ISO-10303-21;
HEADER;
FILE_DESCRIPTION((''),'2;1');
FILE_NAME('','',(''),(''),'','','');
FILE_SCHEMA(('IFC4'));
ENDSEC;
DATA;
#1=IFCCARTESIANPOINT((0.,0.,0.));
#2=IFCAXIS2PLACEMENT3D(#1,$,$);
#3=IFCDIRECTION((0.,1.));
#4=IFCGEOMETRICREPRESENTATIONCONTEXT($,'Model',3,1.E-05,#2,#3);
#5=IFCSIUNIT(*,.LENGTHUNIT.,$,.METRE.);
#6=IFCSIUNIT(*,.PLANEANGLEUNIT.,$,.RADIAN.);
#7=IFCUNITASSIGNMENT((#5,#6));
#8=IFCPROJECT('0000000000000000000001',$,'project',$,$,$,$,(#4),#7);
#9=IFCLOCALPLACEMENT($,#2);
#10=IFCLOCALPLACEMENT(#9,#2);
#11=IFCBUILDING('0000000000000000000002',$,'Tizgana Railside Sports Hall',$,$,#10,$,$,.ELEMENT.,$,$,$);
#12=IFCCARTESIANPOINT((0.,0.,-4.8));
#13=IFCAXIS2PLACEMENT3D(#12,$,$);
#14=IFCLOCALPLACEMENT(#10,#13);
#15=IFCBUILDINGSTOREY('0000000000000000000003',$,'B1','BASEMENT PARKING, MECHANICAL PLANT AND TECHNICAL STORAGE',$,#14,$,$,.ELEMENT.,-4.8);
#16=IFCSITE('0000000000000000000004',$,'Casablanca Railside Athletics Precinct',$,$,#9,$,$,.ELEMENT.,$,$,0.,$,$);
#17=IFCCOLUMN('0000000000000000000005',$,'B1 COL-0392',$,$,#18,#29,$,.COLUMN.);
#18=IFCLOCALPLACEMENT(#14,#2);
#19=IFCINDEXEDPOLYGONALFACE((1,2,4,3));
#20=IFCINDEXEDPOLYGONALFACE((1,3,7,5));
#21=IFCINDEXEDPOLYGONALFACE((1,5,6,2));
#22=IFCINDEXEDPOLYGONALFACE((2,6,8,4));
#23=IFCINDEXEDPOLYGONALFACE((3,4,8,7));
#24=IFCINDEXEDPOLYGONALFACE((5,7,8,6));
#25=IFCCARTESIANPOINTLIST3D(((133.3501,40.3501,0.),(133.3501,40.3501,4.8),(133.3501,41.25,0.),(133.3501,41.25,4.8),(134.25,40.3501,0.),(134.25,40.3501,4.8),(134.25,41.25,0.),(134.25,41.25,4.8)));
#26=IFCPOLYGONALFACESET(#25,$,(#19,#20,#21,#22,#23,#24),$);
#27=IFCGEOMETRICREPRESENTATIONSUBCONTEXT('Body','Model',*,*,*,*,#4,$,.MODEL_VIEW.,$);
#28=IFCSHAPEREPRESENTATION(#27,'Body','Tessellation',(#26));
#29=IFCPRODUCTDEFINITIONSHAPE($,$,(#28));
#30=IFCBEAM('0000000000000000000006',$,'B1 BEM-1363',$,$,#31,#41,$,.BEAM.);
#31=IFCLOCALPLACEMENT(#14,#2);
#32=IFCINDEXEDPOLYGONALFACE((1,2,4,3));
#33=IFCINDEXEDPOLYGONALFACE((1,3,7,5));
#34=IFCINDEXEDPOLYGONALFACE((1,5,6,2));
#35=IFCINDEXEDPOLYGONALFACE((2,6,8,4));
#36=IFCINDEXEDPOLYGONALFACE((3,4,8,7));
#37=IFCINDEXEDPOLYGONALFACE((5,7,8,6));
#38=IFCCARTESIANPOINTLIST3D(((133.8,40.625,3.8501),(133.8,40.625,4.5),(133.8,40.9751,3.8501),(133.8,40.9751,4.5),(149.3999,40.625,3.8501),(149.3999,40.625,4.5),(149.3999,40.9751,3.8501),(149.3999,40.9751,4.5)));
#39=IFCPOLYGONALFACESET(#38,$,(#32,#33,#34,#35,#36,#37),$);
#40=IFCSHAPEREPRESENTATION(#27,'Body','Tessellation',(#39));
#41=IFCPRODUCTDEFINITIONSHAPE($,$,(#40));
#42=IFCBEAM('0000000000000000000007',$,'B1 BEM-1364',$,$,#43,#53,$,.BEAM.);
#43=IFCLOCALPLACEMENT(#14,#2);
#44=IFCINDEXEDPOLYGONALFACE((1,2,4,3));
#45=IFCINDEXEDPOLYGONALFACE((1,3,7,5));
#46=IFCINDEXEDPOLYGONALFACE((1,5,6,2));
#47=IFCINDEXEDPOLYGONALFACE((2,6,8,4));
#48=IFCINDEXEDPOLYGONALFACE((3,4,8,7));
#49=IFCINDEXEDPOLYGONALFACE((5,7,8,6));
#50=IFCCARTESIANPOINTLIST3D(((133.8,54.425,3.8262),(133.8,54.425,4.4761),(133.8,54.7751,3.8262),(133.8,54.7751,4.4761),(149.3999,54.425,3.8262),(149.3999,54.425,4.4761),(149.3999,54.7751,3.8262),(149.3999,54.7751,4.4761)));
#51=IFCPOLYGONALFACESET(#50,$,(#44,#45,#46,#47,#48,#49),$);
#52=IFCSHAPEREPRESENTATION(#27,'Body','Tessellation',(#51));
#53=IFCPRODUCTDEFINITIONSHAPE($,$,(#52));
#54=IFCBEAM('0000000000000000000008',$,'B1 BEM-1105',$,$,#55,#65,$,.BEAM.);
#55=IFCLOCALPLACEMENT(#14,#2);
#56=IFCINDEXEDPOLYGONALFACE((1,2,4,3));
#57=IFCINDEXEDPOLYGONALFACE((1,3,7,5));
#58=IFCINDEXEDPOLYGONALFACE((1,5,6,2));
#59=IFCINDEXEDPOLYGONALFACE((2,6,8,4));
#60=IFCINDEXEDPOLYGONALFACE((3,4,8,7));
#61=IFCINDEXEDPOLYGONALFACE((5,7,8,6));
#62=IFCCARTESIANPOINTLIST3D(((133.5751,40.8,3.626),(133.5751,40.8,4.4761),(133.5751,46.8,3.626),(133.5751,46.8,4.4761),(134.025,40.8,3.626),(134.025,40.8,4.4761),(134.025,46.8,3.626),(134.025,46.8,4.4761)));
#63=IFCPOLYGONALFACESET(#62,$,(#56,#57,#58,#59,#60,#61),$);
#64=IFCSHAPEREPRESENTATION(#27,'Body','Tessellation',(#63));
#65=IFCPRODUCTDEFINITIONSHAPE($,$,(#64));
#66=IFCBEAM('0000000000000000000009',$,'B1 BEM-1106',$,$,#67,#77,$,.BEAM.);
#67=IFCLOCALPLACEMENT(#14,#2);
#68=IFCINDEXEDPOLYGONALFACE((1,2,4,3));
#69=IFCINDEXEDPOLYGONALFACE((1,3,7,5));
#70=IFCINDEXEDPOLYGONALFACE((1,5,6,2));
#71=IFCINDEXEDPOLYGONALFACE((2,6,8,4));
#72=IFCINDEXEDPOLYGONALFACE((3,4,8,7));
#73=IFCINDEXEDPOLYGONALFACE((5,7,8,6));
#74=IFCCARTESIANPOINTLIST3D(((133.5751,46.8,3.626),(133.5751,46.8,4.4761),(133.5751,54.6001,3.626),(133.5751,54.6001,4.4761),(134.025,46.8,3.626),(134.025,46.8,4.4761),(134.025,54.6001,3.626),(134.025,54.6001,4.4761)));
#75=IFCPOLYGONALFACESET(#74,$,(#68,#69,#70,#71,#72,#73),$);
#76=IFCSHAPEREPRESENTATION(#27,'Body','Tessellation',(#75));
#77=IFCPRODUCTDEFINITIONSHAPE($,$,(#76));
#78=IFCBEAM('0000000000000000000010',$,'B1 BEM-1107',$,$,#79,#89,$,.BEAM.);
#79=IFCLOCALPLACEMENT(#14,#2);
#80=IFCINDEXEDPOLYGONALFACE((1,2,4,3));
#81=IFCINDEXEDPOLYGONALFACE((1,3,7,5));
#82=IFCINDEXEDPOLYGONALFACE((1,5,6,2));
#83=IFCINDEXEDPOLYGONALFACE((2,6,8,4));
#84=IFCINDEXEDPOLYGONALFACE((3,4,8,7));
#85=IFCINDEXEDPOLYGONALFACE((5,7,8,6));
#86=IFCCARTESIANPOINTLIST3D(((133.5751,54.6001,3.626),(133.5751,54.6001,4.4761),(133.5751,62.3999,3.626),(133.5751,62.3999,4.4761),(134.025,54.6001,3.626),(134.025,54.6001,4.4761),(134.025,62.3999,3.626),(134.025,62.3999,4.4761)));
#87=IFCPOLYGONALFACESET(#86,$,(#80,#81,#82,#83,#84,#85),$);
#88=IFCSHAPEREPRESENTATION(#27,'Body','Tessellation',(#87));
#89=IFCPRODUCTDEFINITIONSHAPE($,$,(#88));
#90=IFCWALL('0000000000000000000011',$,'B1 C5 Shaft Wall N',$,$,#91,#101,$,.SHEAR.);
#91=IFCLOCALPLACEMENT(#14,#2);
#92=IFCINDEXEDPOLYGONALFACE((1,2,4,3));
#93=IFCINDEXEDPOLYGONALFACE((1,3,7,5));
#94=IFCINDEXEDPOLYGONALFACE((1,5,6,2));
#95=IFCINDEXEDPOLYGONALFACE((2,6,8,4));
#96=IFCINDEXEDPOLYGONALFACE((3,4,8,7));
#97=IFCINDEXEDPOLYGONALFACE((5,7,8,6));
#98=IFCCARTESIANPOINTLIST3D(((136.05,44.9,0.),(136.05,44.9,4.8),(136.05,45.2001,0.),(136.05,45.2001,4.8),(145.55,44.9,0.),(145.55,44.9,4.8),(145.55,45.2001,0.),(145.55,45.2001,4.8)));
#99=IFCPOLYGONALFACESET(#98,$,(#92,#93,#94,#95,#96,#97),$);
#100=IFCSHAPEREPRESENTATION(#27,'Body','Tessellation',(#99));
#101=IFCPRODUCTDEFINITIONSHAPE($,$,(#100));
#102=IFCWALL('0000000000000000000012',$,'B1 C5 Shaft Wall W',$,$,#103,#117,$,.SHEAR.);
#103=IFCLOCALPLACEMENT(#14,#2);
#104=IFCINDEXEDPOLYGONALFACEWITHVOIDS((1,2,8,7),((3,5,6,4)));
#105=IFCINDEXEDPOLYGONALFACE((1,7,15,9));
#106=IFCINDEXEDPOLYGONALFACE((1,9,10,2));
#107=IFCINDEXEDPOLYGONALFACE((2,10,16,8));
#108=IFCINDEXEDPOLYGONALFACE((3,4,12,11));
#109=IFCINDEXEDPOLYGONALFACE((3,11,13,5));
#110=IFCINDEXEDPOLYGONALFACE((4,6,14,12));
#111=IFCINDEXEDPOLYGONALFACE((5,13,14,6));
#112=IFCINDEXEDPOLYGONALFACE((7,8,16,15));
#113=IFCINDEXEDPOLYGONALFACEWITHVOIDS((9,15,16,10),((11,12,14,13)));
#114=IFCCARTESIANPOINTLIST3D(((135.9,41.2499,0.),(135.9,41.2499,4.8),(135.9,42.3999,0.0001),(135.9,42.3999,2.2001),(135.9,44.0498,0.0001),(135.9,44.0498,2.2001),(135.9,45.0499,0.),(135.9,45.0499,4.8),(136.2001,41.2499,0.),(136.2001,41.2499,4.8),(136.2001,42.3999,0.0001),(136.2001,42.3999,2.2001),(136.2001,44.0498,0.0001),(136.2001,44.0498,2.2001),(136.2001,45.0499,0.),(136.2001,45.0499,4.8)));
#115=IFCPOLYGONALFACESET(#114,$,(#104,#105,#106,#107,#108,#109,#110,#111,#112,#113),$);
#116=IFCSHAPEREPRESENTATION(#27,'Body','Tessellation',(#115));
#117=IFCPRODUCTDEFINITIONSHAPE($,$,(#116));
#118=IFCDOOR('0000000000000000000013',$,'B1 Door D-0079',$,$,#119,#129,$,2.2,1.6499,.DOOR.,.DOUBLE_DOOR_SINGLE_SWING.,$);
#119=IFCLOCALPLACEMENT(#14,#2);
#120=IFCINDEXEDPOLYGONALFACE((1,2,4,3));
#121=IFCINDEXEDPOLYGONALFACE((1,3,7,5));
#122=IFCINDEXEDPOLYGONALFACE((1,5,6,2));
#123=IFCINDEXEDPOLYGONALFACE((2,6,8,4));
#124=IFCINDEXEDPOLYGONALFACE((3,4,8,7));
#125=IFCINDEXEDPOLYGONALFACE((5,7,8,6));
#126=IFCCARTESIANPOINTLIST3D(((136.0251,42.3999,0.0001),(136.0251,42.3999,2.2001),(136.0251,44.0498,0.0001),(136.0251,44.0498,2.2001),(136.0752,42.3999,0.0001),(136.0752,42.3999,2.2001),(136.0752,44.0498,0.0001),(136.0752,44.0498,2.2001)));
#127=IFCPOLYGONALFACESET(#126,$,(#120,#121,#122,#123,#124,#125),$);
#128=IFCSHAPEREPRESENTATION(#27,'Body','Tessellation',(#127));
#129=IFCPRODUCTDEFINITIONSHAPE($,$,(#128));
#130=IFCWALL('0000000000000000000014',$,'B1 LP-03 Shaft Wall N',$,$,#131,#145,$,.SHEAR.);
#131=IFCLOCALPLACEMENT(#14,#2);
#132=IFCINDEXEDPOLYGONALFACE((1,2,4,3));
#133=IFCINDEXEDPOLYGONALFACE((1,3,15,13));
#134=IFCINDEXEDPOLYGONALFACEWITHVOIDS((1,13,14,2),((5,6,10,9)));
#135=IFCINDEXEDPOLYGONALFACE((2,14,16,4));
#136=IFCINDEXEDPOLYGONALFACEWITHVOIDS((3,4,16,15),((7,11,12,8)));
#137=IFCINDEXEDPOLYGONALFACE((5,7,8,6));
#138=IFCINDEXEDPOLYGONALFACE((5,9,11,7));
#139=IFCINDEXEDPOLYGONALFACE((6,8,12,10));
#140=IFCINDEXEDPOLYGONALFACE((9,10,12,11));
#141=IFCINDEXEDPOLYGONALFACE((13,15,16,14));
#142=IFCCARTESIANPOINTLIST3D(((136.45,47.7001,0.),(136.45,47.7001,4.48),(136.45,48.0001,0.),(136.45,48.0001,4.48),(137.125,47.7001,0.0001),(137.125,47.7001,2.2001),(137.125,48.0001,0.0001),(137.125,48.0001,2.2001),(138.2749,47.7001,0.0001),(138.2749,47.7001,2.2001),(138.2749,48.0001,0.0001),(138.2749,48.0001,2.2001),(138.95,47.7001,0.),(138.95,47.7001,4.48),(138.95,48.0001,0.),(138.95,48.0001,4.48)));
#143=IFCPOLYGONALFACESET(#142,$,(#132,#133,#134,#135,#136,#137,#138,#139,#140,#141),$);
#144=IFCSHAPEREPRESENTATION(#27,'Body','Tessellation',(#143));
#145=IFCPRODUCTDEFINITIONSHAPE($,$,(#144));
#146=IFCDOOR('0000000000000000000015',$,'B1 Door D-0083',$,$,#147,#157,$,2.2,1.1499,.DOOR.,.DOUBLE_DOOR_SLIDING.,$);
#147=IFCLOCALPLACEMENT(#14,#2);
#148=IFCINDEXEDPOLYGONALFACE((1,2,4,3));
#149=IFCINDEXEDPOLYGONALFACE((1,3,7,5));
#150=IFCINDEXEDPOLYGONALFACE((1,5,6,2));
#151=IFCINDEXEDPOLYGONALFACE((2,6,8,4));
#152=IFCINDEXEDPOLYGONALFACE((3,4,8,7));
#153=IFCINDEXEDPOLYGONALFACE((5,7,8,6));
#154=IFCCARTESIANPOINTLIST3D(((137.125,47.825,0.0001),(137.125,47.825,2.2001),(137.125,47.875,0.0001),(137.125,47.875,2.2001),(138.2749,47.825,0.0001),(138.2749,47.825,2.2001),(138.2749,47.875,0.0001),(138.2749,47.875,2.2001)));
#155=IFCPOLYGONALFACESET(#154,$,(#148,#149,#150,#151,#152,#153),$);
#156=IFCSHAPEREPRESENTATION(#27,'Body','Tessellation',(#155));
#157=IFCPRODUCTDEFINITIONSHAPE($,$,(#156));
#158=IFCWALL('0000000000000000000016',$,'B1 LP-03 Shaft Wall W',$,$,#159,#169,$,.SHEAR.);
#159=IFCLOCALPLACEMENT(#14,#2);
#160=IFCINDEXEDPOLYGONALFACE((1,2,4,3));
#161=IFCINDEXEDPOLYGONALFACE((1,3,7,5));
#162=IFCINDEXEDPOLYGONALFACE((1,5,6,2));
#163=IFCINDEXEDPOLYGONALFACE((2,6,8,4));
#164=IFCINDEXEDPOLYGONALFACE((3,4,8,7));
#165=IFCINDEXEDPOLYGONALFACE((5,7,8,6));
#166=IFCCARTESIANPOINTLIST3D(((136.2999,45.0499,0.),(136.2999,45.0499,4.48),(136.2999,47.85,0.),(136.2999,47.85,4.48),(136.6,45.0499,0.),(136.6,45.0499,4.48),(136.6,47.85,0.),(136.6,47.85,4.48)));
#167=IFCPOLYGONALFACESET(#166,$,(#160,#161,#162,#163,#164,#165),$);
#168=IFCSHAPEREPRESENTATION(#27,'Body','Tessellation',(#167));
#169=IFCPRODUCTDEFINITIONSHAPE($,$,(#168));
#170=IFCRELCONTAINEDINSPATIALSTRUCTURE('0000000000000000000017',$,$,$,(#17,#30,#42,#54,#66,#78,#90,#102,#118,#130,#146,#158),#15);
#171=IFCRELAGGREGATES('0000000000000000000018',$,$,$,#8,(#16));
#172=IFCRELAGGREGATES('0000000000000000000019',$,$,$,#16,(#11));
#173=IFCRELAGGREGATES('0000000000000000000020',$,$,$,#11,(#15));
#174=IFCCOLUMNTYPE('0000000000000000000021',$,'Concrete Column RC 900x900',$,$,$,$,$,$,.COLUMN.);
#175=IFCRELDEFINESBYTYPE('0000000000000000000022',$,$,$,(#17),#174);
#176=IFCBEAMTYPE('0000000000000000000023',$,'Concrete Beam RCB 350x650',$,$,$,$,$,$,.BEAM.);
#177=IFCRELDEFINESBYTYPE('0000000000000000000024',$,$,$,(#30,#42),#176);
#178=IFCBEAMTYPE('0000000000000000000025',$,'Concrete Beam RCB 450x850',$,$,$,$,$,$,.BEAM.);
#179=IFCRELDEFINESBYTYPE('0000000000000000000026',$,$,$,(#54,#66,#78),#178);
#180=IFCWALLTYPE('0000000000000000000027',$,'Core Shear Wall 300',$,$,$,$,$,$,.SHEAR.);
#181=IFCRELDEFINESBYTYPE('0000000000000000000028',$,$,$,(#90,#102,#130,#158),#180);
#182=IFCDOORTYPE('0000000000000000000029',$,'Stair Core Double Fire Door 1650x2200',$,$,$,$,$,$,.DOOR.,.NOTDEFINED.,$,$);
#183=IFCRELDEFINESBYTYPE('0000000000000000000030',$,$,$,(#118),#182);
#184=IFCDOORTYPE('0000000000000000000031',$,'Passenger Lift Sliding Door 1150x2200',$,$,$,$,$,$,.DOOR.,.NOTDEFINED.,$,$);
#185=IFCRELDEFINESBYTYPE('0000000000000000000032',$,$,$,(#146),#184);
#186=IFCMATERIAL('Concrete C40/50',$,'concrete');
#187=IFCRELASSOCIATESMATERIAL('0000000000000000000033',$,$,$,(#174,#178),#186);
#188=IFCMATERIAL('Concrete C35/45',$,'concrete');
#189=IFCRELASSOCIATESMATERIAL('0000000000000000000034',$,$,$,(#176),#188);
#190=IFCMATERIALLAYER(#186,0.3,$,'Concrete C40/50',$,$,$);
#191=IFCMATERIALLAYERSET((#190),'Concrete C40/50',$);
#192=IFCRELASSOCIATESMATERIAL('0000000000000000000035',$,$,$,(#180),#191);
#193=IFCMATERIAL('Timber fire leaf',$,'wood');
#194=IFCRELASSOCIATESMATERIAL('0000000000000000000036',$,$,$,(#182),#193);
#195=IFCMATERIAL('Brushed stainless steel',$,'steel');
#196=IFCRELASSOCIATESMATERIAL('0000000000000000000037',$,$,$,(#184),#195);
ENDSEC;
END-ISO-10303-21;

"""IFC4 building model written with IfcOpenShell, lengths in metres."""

from ifc_helpers import new_model, si_unit, direction, frame, frame_2d, origin, origin_2d, place, context, subcontext, project, spatial, rectangle, extrude, material, layer, layer_set, material_profile, profile_set, type_object, element, fill, save


model = new_model("IFC4")

# Units and contexts
model_context = context("Model", 3, precision=1e-05, world=origin(), true_north=direction((0.0, 1.0)))
body_context = subcontext(model_context, "Body", "Model", "MODEL_VIEW")
ifc_project = project(units=[si_unit("LENGTHUNIT", "METRE"), si_unit("PLANEANGLEUNIT", "RADIAN")], contexts=[model_context])

# Site, building, storey
site_placement = place(None, origin())
site = spatial("IfcSite", under=ifc_project, at=site_placement, Name="Casablanca Railside Athletics Precinct", CompositionType="ELEMENT", RefElevation=0.0)
building_placement = place(site_placement, origin())
building = spatial("IfcBuilding", under=site, at=building_placement, Name="Tizgana Railside Sports Hall", CompositionType="ELEMENT")
storey_placement = place(building_placement, frame((0.0, 0.0, -4.8)))
storey = spatial("IfcBuildingStorey", under=building, at=storey_placement, Name="B1", Description="BASEMENT PARKING, MECHANICAL PLANT AND TECHNICAL STORAGE", CompositionType="ELEMENT", Elevation=-4.8)

# Shared definitions
ifc_material_1 = material(Name="Concrete C35/45", Category="concrete")

# Column
ifc_material_2 = material(Name="Concrete C40/50", Category="concrete")
ifc_material_profile_1 = material_profile(ifc_material_2, rectangle(XDim=0.8999, YDim=0.8999, at=origin_2d()), Name="RC 900x900")
ifc_profile_set_1 = profile_set([ifc_material_profile_1], Name="Concrete C40/50")
column_type_1 = type_object("IfcColumnType", Name="Concrete Column RC 900x900", PredefinedType="COLUMN", material=ifc_profile_set_1)
column_placement = place(storey_placement, frame((133.8, 40.8, 0.0), z_axis=(0.0, 0.0, 1.0), x_axis=(1.0, 0.0, 0.0)))
element("IfcColumn", 1, at=column_placement, inside=storey, type_object=column_type_1, Name="B1 COL-0392", PredefinedType="COLUMN", context=body_context, shape_type="SweptSolid", body=[
    extrude(rectangle(XDim=0.8999, YDim=0.8999, at=origin_2d()), origin(), (0.0, 0.0, 1.0), 4.8),
])

# Beams
ifc_material_profile_2 = material_profile(ifc_material_1, rectangle(XDim=0.3501, YDim=0.6499, at=origin_2d()), Name="RCB 350x650")
ifc_profile_set_2 = profile_set([ifc_material_profile_2], Name="Concrete C35/45")
beam_type_1 = type_object("IfcBeamType", Name="Concrete Beam RCB 350x650", PredefinedType="BEAM", material=ifc_profile_set_2)
for number, where, z_axis, x_axis, name in (
    (2, (133.8, 40.8, 4.175), (1.0, 0.0, 0.0), (0.0, 1.0, 0.0), "B1 BEM-1363"),
    (3, (133.8, 54.6001, 4.1511), (1.0, 0.0, 0.0), (0.0, 1.0, 0.0), "B1 BEM-1364"),
):
    element("IfcBeam", number, at=place(storey_placement, frame(where, z_axis=z_axis, x_axis=x_axis)), inside=storey, type_object=beam_type_1, Name=name, PredefinedType="BEAM", context=body_context, shape_type="SweptSolid", body=[
        extrude(rectangle(XDim=0.3501, YDim=0.6499, at=origin_2d()), origin(), (0.0, 0.0, 1.0), 15.5999),
    ])
ifc_material_profile_3 = material_profile(ifc_material_2, rectangle(XDim=0.45, YDim=0.8501, at=origin_2d()), Name="RCB 450x850")
ifc_profile_set_3 = profile_set([ifc_material_profile_3], Name="Concrete C40/50")
beam_type_2 = type_object("IfcBeamType", Name="Concrete Beam RCB 450x850", PredefinedType="BEAM", material=ifc_profile_set_3)
beam_1_placement = place(storey_placement, frame((133.8, 40.8, 4.051), z_axis=(0.0, 1.0, 0.0), x_axis=(-1.0, 0.0, 0.0)))
element("IfcBeam", 4, at=beam_1_placement, inside=storey, type_object=beam_type_2, Name="B1 BEM-1105", PredefinedType="BEAM", context=body_context, shape_type="SweptSolid", body=[
    extrude(rectangle(XDim=0.45, YDim=0.8501, at=origin_2d()), origin(), (0.0, 0.0, 1.0), 6.0),
])
beam_2_placement = place(storey_placement, frame((133.8, 46.8, 4.051), z_axis=(0.0, 1.0, 0.0), x_axis=(-1.0, 0.0, 0.0)))
element("IfcBeam", 5, at=beam_2_placement, inside=storey, type_object=beam_type_2, Name="B1 BEM-1106", PredefinedType="BEAM", context=body_context, shape_type="SweptSolid", body=[
    extrude(rectangle(XDim=0.45, YDim=0.8501, at=origin_2d()), origin(), (0.0, 0.0, 1.0), 7.8),
])
beam_3_placement = place(storey_placement, frame((133.8, 54.6001, 4.051), z_axis=(0.0, 1.0, 0.0), x_axis=(-1.0, 0.0, 0.0)))
element("IfcBeam", 6, at=beam_3_placement, inside=storey, type_object=beam_type_2, Name="B1 BEM-1107", PredefinedType="BEAM", context=body_context, shape_type="SweptSolid", body=[
    extrude(rectangle(XDim=0.45, YDim=0.8501, at=origin_2d()), origin(), (0.0, 0.0, 1.0), 7.7998),
])

# Wall
ifc_layer_1 = layer(ifc_material_2, 0.3, Name="Concrete C40/50")
ifc_layer_set_1 = layer_set([ifc_layer_1], Name="Concrete C40/50")
wall_type_1 = type_object("IfcWallType", Name="Core Shear Wall 300", PredefinedType="SHEAR", material=ifc_layer_set_1)
wall_1_placement = place(storey_placement, frame((136.05, 45.05, 0.0), z_axis=(0.0, 0.0, 1.0), x_axis=(1.0, 0.0, 0.0)))
element("IfcWall", 7, at=wall_1_placement, inside=storey, type_object=wall_type_1, Name="B1 C5 Shaft Wall N", PredefinedType="SHEAR", context=body_context, shape_type="SweptSolid", body=[
    extrude(rectangle(XDim=9.5, YDim=0.3, at=frame_2d((4.75, 0.0))), origin(), (0.0, 0.0, 1.0), 4.8),
])

# Walls, openings, doors
wall_2_placement = place(storey_placement, frame((136.05, 41.25, 0.0), z_axis=(0.0, 0.0, 1.0), x_axis=(0.0, 1.0, 0.0)))
wall_2 = element("IfcWall", 8, at=wall_2_placement, inside=storey, type_object=wall_type_1, Name="B1 C5 Shaft Wall W", PredefinedType="SHEAR", context=body_context, shape_type="SweptSolid", body=[
    extrude(rectangle(XDim=3.8, YDim=0.3, at=frame_2d((1.8999, 0.0))), origin(), (0.0, 0.0, 1.0), 4.8),
])
opening_1_placement = place(wall_2_placement, frame((1.1499, 0.0, 0.0)))
opening_1 = element("IfcOpeningElement", 9, at=opening_1_placement, cuts=wall_2, PredefinedType="OPENING", context=body_context, shape_type="SweptSolid", body=[
    extrude(rectangle(XDim=1.6499, YDim=2.2, at=frame_2d((0.825, 1.1001))), frame((0.0, 0.1599, 0.0), z_axis=(0.0, -1.0, 0.0), x_axis=(1.0, 0.0, 0.0)), (0.0, 0.0, 1.0), 0.3201),
])
ifc_material_3 = material(Name="Timber fire leaf", Category="wood")
door_type_1 = type_object("IfcDoorType", Name="Stair Core Double Fire Door 1650x2200", OperationType="NOTDEFINED", PredefinedType="DOOR", material=ifc_material_3)
door_1_placement = place(opening_1_placement, origin())
door_1 = element("IfcDoor", 10, at=door_1_placement, inside=storey, type_object=door_type_1, Name="B1 Door D-0079", OperationType="DOUBLE_DOOR_SINGLE_SWING", OverallHeight=2.2, OverallWidth=1.6499, PredefinedType="DOOR", context=body_context, shape_type="SweptSolid", body=[
    extrude(rectangle(XDim=1.6499, YDim=2.2, at=frame_2d((0.825, 1.1001))), frame((0.0, 0.0249, 0.0), z_axis=(0.0, -1.0, 0.0), x_axis=(1.0, 0.0, 0.0)), (0.0, 0.0, 1.0), 0.05),
])
fill(opening_1, door_1)
wall_3_placement = place(storey_placement, frame((136.45, 47.8501, 0.0), z_axis=(0.0, 0.0, 1.0), x_axis=(1.0, 0.0, 0.0)))
wall_3 = element("IfcWall", 11, at=wall_3_placement, inside=storey, type_object=wall_type_1, Name="B1 LP-03 Shaft Wall N", PredefinedType="SHEAR", context=body_context, shape_type="SweptSolid", body=[
    extrude(rectangle(XDim=2.5, YDim=0.3, at=frame_2d((1.25, 0.0))), origin(), (0.0, 0.0, 1.0), 4.48),
])
opening_2_placement = place(wall_3_placement, frame((0.675, 0.0, 0.0)))
opening_2 = element("IfcOpeningElement", 12, at=opening_2_placement, cuts=wall_3, PredefinedType="OPENING", context=body_context, shape_type="SweptSolid", body=[
    extrude(rectangle(XDim=1.1499, YDim=2.2, at=frame_2d((0.575, 1.1001))), frame((0.0, 0.1599, 0.0), z_axis=(0.0, -1.0, 0.0), x_axis=(1.0, 0.0, 0.0)), (0.0, 0.0, 1.0), 0.3201),
])
ifc_material_4 = material(Name="Brushed stainless steel", Category="steel")
door_type_2 = type_object("IfcDoorType", Name="Passenger Lift Sliding Door 1150x2200", OperationType="NOTDEFINED", PredefinedType="DOOR", material=ifc_material_4)
door_2_placement = place(opening_2_placement, origin())
door_2 = element("IfcDoor", 13, at=door_2_placement, inside=storey, type_object=door_type_2, Name="B1 Door D-0083", OperationType="DOUBLE_DOOR_SLIDING", OverallHeight=2.2, OverallWidth=1.1499, PredefinedType="DOOR", context=body_context, shape_type="SweptSolid", body=[
    extrude(rectangle(XDim=1.1499, YDim=2.2, at=frame_2d((0.575, 1.1001))), frame((0.0, 0.0249, 0.0), z_axis=(0.0, -1.0, 0.0), x_axis=(1.0, 0.0, 0.0)), (0.0, 0.0, 1.0), 0.05),
])
fill(opening_2, door_2)

# Wall
wall_4_placement = place(storey_placement, frame((136.45, 45.05, 0.0), z_axis=(0.0, 0.0, 1.0), x_axis=(0.0, 1.0, 0.0)))
element("IfcWall", 14, at=wall_4_placement, inside=storey, type_object=wall_type_1, Name="B1 LP-03 Shaft Wall W", PredefinedType="SHEAR", context=body_context, shape_type="SweptSolid", body=[
    extrude(rectangle(XDim=2.8, YDim=0.3, at=frame_2d((1.3999, 0.0))), origin(), (0.0, 0.0, 1.0), 4.48),
])

save(model, "model.ifc")
